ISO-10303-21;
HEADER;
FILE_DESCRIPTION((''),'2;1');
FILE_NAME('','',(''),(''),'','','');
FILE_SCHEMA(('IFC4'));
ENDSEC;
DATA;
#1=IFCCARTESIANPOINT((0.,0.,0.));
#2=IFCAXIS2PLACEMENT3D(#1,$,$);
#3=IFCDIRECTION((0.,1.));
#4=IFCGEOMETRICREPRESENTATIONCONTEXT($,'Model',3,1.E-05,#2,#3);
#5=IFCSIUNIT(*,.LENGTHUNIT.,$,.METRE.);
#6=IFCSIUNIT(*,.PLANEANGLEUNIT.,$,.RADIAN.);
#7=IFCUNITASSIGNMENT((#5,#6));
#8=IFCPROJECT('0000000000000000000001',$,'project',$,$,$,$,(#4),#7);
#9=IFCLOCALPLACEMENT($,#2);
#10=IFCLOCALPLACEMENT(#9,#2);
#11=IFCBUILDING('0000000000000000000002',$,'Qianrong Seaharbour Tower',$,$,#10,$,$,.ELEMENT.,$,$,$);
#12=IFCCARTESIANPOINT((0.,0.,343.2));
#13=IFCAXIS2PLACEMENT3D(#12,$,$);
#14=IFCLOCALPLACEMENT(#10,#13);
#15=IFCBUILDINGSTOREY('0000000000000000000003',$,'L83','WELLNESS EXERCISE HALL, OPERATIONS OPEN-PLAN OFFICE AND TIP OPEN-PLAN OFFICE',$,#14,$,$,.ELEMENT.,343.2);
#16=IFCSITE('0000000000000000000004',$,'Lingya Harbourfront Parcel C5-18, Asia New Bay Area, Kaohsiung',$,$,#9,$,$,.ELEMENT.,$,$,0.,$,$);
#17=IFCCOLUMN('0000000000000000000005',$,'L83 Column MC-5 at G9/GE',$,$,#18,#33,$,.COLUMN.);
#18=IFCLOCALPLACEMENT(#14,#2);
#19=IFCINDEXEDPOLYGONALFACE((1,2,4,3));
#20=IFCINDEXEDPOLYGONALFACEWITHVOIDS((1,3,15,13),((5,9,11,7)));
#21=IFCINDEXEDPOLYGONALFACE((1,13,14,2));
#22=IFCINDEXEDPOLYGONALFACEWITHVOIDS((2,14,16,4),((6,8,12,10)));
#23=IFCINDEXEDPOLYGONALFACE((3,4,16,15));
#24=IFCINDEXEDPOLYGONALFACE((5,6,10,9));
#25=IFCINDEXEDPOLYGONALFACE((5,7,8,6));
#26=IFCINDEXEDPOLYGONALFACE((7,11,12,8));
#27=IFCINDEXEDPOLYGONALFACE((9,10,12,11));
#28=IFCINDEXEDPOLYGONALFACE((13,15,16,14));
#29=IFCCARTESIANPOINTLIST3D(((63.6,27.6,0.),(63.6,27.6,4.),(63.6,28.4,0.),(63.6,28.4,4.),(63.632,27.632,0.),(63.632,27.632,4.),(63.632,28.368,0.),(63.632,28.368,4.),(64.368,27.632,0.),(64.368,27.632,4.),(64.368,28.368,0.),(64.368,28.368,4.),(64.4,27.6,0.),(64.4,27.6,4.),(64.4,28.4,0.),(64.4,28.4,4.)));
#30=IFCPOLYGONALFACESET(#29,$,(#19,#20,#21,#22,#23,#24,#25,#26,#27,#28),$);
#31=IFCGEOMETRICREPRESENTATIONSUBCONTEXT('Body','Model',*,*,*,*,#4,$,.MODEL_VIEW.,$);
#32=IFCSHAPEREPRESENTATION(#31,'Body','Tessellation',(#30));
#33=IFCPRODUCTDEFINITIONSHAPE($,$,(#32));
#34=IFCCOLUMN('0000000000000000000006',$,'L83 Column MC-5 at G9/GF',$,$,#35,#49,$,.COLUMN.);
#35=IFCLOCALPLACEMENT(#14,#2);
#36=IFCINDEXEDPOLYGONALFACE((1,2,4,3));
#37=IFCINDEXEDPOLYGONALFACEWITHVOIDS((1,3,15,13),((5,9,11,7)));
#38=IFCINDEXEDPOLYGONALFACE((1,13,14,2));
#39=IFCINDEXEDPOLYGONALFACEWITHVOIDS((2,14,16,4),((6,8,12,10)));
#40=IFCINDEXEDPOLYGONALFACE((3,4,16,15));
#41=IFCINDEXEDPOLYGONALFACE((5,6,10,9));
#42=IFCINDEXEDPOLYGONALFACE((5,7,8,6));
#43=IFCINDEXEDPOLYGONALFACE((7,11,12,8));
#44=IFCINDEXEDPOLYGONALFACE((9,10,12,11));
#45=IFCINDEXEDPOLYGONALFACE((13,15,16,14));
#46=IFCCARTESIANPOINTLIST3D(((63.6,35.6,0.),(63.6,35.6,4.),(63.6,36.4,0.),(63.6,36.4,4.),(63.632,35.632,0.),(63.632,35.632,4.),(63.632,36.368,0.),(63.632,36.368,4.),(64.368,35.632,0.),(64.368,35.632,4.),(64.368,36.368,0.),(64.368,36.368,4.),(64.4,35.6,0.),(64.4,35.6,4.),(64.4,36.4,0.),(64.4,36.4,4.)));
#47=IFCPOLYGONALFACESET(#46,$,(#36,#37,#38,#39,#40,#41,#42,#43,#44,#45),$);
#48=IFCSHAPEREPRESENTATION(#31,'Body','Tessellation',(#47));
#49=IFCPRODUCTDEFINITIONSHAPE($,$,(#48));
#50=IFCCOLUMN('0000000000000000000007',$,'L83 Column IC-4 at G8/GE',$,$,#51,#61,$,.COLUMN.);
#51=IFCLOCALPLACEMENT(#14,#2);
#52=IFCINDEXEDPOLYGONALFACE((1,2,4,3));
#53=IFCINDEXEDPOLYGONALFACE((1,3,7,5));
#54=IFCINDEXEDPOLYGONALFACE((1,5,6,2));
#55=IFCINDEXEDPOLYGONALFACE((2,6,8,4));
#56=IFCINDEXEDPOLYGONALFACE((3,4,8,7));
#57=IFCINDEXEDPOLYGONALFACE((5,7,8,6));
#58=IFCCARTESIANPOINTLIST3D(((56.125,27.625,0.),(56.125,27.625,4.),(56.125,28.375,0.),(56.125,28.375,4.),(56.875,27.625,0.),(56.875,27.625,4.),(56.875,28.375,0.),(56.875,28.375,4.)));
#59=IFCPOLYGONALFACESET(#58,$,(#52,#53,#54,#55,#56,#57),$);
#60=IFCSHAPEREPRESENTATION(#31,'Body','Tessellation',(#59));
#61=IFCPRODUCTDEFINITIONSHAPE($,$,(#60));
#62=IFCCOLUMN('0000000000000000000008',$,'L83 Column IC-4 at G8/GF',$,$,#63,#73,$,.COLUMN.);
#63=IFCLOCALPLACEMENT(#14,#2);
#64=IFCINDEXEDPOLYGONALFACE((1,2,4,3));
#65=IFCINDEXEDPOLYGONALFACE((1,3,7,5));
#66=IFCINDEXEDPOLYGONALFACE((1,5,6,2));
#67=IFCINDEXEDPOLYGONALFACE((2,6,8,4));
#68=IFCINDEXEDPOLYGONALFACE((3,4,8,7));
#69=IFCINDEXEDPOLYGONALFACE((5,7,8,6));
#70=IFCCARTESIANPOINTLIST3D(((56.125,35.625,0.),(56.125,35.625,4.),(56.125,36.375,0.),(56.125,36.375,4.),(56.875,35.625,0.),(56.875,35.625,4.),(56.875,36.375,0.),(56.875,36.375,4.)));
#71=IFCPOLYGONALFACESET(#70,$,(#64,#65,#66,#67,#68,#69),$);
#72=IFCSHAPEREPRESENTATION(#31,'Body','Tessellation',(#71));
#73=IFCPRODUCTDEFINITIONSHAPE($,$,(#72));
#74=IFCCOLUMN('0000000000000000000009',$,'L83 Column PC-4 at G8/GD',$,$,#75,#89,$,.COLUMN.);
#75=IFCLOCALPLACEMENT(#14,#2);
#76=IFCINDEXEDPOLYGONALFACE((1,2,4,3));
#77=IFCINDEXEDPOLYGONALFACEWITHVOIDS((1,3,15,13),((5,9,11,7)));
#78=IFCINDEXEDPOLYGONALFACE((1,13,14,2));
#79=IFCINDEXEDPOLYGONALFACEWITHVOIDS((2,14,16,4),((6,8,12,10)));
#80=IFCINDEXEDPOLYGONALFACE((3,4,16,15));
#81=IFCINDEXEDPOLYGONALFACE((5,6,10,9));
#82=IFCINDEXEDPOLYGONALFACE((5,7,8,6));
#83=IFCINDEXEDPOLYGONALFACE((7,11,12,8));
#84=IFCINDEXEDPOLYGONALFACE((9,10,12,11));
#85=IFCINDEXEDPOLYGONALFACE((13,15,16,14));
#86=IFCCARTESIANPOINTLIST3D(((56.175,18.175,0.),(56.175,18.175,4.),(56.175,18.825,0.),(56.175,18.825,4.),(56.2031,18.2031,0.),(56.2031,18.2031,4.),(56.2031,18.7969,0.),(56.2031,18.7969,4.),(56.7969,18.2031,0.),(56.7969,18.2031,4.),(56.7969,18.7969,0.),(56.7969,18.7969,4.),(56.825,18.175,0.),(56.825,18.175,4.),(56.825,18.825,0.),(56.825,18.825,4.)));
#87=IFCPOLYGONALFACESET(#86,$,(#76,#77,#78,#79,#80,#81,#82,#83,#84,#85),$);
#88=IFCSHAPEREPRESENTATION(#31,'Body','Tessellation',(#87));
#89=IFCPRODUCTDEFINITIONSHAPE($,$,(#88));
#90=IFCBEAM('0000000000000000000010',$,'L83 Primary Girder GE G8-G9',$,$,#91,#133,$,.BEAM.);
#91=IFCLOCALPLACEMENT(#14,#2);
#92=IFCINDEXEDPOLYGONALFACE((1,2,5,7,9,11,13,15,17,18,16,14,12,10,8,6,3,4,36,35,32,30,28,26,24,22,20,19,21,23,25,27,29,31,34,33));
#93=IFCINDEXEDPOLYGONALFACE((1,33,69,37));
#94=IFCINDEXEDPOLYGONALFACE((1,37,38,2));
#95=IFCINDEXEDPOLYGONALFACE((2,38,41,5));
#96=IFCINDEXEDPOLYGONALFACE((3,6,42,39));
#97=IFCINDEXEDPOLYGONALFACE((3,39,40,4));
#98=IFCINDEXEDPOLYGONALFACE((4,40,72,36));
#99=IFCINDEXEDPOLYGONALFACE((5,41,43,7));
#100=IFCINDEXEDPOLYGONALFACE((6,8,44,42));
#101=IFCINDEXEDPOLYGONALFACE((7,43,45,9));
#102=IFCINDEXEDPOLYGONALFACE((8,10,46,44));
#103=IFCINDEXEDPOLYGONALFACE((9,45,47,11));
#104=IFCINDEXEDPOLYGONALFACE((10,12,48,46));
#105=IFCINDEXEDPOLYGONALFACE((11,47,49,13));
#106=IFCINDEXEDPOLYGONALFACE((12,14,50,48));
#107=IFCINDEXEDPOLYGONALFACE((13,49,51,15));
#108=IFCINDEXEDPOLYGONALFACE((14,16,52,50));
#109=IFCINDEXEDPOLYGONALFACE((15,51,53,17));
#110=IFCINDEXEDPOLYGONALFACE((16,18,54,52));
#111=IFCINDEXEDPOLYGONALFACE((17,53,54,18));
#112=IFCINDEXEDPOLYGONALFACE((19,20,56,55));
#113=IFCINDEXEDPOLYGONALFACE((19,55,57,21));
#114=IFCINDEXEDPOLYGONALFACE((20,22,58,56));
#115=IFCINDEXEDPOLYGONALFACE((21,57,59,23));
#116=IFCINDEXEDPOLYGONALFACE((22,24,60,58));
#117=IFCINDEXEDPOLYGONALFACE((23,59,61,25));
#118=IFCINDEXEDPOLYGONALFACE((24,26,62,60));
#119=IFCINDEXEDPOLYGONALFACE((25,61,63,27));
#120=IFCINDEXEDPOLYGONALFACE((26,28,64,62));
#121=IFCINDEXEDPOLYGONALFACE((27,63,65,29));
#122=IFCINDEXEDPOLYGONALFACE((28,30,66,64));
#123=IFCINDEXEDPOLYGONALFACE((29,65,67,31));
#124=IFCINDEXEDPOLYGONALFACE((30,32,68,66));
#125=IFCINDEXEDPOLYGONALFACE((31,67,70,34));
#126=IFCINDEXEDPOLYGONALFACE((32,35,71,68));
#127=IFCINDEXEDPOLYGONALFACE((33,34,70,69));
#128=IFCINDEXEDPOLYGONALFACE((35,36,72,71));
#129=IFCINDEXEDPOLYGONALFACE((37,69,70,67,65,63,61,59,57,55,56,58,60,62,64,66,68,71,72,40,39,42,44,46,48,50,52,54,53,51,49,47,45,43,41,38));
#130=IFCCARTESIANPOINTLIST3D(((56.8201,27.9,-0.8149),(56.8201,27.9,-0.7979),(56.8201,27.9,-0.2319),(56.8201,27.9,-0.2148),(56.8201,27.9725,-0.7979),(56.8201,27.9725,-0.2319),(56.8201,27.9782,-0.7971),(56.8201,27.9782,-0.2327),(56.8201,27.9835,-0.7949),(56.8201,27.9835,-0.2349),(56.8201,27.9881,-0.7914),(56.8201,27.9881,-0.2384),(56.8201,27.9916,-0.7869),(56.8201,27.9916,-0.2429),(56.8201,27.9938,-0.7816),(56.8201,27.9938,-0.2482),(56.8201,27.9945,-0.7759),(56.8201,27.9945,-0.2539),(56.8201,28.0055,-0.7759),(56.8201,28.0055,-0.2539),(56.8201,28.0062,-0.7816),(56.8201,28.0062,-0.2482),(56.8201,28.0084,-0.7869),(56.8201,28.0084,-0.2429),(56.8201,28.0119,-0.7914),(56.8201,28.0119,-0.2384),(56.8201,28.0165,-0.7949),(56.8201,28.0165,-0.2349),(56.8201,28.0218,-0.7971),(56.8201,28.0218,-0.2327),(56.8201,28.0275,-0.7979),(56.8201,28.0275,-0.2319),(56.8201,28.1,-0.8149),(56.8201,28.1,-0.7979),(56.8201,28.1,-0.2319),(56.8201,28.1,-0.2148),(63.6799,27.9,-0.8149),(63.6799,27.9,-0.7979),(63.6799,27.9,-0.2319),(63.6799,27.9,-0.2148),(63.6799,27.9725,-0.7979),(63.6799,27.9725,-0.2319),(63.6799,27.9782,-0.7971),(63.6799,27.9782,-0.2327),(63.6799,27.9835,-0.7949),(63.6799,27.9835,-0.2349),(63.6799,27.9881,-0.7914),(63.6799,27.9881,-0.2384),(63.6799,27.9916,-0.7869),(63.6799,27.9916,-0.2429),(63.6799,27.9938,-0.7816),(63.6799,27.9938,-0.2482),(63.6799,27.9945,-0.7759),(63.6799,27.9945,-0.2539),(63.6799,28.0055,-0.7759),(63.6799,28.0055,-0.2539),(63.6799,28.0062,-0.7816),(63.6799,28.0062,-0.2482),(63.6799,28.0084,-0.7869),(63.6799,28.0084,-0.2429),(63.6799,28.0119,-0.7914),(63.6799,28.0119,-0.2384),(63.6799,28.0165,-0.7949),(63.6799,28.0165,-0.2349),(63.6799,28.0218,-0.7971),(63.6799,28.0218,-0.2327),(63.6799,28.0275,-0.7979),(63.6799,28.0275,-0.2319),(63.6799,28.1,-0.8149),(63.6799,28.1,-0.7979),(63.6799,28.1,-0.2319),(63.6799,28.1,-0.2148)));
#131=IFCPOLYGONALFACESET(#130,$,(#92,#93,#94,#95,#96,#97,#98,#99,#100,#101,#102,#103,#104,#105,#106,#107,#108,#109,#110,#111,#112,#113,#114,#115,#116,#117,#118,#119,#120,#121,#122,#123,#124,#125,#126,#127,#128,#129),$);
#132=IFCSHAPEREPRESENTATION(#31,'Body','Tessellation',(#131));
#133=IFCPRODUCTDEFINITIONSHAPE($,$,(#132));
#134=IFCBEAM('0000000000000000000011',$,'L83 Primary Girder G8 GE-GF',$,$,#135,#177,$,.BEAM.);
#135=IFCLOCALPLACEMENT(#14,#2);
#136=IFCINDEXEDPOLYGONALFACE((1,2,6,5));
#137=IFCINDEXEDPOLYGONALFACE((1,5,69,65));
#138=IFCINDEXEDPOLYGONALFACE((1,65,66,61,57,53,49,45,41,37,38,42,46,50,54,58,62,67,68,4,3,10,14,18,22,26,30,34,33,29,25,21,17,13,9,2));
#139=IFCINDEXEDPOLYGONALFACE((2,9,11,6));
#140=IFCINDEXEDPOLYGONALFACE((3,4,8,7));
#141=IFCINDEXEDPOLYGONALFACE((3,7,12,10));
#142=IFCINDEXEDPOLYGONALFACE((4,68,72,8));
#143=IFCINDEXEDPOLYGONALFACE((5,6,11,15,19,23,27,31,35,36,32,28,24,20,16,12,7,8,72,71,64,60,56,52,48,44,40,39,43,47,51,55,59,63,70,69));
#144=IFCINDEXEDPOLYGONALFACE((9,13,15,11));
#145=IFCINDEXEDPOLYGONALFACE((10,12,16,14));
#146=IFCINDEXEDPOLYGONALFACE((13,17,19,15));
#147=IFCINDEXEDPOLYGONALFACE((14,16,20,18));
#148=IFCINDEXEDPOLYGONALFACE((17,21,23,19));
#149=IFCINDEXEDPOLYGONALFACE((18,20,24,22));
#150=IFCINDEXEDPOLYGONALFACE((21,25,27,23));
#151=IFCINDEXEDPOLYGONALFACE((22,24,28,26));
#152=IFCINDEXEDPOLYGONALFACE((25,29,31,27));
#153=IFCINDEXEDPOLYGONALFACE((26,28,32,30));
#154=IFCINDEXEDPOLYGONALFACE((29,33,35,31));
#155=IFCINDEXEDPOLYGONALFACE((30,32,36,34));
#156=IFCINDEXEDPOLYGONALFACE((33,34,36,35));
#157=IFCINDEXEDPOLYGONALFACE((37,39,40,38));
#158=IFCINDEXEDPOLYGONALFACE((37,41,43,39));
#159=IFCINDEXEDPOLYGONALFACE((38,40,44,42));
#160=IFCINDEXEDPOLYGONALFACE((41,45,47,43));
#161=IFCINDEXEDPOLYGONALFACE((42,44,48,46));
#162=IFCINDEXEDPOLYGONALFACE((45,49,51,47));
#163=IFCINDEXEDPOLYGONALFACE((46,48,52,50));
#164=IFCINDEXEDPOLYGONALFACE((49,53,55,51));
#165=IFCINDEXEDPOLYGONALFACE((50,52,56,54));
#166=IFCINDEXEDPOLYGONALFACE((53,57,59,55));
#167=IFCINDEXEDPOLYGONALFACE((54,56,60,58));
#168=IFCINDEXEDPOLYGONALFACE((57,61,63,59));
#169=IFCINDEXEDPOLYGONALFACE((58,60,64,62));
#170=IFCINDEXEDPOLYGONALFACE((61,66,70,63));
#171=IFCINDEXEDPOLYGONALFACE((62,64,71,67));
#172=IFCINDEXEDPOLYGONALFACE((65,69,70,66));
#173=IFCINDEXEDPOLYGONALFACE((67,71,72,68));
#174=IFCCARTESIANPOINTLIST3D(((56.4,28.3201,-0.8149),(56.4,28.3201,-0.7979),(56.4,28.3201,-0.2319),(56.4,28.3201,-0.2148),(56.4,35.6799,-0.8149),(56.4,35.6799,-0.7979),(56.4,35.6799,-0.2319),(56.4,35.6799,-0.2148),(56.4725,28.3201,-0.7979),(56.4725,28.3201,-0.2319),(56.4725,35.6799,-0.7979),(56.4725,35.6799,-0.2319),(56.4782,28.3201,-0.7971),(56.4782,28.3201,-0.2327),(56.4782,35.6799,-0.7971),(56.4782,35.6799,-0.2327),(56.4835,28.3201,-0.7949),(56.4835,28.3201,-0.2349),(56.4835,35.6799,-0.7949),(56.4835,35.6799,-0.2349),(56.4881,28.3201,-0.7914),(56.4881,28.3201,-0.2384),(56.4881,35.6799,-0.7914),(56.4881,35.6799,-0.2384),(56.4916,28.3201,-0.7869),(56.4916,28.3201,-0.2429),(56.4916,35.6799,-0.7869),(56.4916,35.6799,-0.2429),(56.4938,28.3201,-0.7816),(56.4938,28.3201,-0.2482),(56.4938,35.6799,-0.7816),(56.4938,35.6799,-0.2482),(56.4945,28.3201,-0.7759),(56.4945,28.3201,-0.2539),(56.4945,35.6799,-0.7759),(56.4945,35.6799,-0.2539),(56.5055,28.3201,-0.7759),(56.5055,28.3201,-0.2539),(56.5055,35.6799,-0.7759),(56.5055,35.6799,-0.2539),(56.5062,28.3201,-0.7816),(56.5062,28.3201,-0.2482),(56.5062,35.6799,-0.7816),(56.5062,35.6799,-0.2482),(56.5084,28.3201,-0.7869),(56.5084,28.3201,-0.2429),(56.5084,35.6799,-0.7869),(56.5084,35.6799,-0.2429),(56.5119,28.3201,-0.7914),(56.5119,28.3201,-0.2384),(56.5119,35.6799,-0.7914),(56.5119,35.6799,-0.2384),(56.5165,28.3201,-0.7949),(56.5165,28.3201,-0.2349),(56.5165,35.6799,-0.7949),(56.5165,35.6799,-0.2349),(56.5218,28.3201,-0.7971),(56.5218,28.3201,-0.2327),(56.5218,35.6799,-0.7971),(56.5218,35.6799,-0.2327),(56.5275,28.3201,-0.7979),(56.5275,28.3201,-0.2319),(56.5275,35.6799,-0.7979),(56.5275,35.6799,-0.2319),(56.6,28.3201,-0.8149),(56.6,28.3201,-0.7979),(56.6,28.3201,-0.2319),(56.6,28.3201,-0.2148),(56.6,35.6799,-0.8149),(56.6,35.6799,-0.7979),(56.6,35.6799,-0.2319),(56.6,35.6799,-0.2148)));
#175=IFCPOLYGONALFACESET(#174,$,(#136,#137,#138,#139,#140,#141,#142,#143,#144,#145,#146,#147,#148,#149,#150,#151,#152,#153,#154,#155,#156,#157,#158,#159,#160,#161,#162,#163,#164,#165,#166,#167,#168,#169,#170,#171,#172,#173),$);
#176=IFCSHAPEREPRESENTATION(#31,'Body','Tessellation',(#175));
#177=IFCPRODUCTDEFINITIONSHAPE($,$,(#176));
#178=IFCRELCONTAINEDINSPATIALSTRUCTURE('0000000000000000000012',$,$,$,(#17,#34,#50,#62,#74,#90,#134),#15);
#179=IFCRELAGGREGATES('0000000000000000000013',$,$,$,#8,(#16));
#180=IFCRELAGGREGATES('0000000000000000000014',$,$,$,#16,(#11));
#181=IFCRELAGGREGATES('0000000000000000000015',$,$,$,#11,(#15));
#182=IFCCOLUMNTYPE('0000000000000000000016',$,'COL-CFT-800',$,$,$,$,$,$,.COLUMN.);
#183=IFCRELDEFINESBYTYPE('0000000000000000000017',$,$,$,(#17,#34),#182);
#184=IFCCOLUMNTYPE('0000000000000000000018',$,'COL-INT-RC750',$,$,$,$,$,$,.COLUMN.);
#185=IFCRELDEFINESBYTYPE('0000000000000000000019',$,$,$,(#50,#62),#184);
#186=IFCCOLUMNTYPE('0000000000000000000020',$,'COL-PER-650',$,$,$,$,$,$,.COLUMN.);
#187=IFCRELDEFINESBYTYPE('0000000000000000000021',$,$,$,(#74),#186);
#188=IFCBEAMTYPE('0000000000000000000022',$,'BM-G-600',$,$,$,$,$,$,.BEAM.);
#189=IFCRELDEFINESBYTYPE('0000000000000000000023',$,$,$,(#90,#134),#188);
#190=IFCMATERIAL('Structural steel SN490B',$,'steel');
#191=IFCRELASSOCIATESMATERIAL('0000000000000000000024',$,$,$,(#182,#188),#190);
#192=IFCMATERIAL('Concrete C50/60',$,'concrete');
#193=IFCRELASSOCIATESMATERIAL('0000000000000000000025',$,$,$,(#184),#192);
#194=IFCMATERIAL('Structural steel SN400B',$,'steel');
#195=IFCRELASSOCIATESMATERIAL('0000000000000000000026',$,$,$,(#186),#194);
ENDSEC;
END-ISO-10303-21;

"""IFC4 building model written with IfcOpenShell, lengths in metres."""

from ifc_helpers import new_model, si_unit, direction, frame, origin, origin_2d, place, context, subcontext, project, spatial, rectangle, hollow_rectangle, i_section, extrude, material, material_profile, profile_set, type_object, element, save


model = new_model("IFC4")

# Units and contexts
model_context = context("Model", 3, precision=1e-05, world=origin(), true_north=direction((0.0, 1.0)))
body_context = subcontext(model_context, "Body", "Model", "MODEL_VIEW")
ifc_project = project(units=[si_unit("LENGTHUNIT", "METRE"), si_unit("PLANEANGLEUNIT", "RADIAN")], contexts=[model_context])

# Site, building, storey
site_placement = place(None, origin())
site = spatial("IfcSite", under=ifc_project, at=site_placement, Name="Lingya Harbourfront Parcel C5-18, Asia New Bay Area, Kaohsiung", CompositionType="ELEMENT", RefElevation=0.0)
building_placement = place(site_placement, origin())
building = spatial("IfcBuilding", under=site, at=building_placement, Name="Qianrong Seaharbour Tower", CompositionType="ELEMENT")
storey_placement = place(building_placement, frame((0.0, 0.0, 343.2)))
storey = spatial("IfcBuildingStorey", under=building, at=storey_placement, Name="L83", Description="WELLNESS EXERCISE HALL, OPERATIONS OPEN-PLAN OFFICE AND TIP OPEN-PLAN OFFICE", CompositionType="ELEMENT", Elevation=343.2)

# Columns
ifc_material_1 = material(Name="Structural steel SN490B", Category="steel")
ifc_material_profile_1 = material_profile(ifc_material_1, hollow_rectangle(XDim=0.8, YDim=0.8, WallThickness=0.032, at=origin_2d()), Name="BOX800x800x32")
ifc_profile_set_1 = profile_set([ifc_material_profile_1], Name="Structural steel SN490B")
column_type_1 = type_object("IfcColumnType", Name="COL-CFT-800", PredefinedType="COLUMN", material=ifc_profile_set_1)
for number, where, z_axis, x_axis, name in (
    (1, (64.0, 28.0, 0.0), (0.0, 0.0, 1.0), (1.0, 0.0, 0.0), "L83 Column MC-5 at G9/GE"),
    (2, (64.0, 36.0, 0.0), (0.0, 0.0, 1.0), (1.0, 0.0, 0.0), "L83 Column MC-5 at G9/GF"),
):
    element("IfcColumn", number, at=place(storey_placement, frame(where, z_axis=z_axis, x_axis=x_axis)), inside=storey, type_object=column_type_1, Name=name, PredefinedType="COLUMN", context=body_context, shape_type="SweptSolid", body=[
        extrude(hollow_rectangle(XDim=0.8, YDim=0.8, WallThickness=0.032, at=origin_2d()), origin(), (0.0, 0.0, 1.0), 4.0),
    ])
ifc_material_2 = material(Name="Concrete C50/60", Category="concrete")
ifc_material_profile_2 = material_profile(ifc_material_2, rectangle(XDim=0.75, YDim=0.75, at=origin_2d()), Name="RC750x750")
ifc_profile_set_2 = profile_set([ifc_material_profile_2], Name="Concrete C50/60")
column_type_2 = type_object("IfcColumnType", Name="COL-INT-RC750", PredefinedType="COLUMN", material=ifc_profile_set_2)
for number, where, z_axis, x_axis, name in (
    (3, (56.5, 28.0, 0.0), (0.0, 0.0, 1.0), (1.0, 0.0, 0.0), "L83 Column IC-4 at G8/GE"),
    (4, (56.5, 36.0, 0.0), (0.0, 0.0, 1.0), (1.0, 0.0, 0.0), "L83 Column IC-4 at G8/GF"),
):
    element("IfcColumn", number, at=place(storey_placement, frame(where, z_axis=z_axis, x_axis=x_axis)), inside=storey, type_object=column_type_2, Name=name, PredefinedType="COLUMN", context=body_context, shape_type="SweptSolid", body=[
        extrude(rectangle(XDim=0.75, YDim=0.75, at=origin_2d()), origin(), (0.0, 0.0, 1.0), 4.0),
    ])
ifc_material_3 = material(Name="Structural steel SN400B", Category="steel")
ifc_material_profile_3 = material_profile(ifc_material_3, hollow_rectangle(XDim=0.6499, YDim=0.6499, WallThickness=0.0281, at=origin_2d()), Name="BOX650x650x28")
ifc_profile_set_3 = profile_set([ifc_material_profile_3], Name="Structural steel SN400B")
column_type_3 = type_object("IfcColumnType", Name="COL-PER-650", PredefinedType="COLUMN", material=ifc_profile_set_3)
column_placement = place(storey_placement, frame((56.5, 18.5, 0.0), z_axis=(0.0, 0.0, 1.0), x_axis=(1.0, 0.0, 0.0)))
element("IfcColumn", 5, at=column_placement, inside=storey, type_object=column_type_3, Name="L83 Column PC-4 at G8/GD", PredefinedType="COLUMN", context=body_context, shape_type="SweptSolid", body=[
    extrude(hollow_rectangle(XDim=0.6499, YDim=0.6499, WallThickness=0.0281, at=origin_2d()), origin(), (0.0, 0.0, 1.0), 4.0),
])

# Beams
ifc_material_profile_4 = material_profile(ifc_material_1, i_section(OverallWidth=0.2, OverallDepth=0.6001, WebThickness=0.011, FlangeThickness=0.0171, FilletRadius=0.022, at=origin_2d()), Name="H600x200x11x17")
ifc_profile_set_4 = profile_set([ifc_material_profile_4], Name="Structural steel SN490B")
beam_type_1 = type_object("IfcBeamType", Name="BM-G-600", PredefinedType="BEAM", material=ifc_profile_set_4)
beam_1_placement = place(storey_placement, frame((56.8201, 28.0, -0.5149), z_axis=(1.0, 0.0, 0.0), x_axis=(0.0, 1.0, 0.0)))
element("IfcBeam", 6, at=beam_1_placement, inside=storey, type_object=beam_type_1, Name="L83 Primary Girder GE G8-G9", PredefinedType="BEAM", context=body_context, shape_type="SweptSolid", body=[
    extrude(i_section(OverallWidth=0.2, OverallDepth=0.6001, WebThickness=0.011, FlangeThickness=0.0171, FilletRadius=0.022, at=origin_2d()), origin(), (0.0, 0.0, 1.0), 6.8599),
])
beam_2_placement = place(storey_placement, frame((56.5, 28.3201, -0.5149), z_axis=(0.0, 1.0, 0.0), x_axis=(-1.0, 0.0, 0.0)))
element("IfcBeam", 7, at=beam_2_placement, inside=storey, type_object=beam_type_1, Name="L83 Primary Girder G8 GE-GF", PredefinedType="BEAM", context=body_context, shape_type="SweptSolid", body=[
    extrude(i_section(OverallWidth=0.2, OverallDepth=0.6001, WebThickness=0.011, FlangeThickness=0.0171, FilletRadius=0.022, at=origin_2d()), origin(), (0.0, 0.0, 1.0), 7.3599),
])

save(model, "model.ifc")
